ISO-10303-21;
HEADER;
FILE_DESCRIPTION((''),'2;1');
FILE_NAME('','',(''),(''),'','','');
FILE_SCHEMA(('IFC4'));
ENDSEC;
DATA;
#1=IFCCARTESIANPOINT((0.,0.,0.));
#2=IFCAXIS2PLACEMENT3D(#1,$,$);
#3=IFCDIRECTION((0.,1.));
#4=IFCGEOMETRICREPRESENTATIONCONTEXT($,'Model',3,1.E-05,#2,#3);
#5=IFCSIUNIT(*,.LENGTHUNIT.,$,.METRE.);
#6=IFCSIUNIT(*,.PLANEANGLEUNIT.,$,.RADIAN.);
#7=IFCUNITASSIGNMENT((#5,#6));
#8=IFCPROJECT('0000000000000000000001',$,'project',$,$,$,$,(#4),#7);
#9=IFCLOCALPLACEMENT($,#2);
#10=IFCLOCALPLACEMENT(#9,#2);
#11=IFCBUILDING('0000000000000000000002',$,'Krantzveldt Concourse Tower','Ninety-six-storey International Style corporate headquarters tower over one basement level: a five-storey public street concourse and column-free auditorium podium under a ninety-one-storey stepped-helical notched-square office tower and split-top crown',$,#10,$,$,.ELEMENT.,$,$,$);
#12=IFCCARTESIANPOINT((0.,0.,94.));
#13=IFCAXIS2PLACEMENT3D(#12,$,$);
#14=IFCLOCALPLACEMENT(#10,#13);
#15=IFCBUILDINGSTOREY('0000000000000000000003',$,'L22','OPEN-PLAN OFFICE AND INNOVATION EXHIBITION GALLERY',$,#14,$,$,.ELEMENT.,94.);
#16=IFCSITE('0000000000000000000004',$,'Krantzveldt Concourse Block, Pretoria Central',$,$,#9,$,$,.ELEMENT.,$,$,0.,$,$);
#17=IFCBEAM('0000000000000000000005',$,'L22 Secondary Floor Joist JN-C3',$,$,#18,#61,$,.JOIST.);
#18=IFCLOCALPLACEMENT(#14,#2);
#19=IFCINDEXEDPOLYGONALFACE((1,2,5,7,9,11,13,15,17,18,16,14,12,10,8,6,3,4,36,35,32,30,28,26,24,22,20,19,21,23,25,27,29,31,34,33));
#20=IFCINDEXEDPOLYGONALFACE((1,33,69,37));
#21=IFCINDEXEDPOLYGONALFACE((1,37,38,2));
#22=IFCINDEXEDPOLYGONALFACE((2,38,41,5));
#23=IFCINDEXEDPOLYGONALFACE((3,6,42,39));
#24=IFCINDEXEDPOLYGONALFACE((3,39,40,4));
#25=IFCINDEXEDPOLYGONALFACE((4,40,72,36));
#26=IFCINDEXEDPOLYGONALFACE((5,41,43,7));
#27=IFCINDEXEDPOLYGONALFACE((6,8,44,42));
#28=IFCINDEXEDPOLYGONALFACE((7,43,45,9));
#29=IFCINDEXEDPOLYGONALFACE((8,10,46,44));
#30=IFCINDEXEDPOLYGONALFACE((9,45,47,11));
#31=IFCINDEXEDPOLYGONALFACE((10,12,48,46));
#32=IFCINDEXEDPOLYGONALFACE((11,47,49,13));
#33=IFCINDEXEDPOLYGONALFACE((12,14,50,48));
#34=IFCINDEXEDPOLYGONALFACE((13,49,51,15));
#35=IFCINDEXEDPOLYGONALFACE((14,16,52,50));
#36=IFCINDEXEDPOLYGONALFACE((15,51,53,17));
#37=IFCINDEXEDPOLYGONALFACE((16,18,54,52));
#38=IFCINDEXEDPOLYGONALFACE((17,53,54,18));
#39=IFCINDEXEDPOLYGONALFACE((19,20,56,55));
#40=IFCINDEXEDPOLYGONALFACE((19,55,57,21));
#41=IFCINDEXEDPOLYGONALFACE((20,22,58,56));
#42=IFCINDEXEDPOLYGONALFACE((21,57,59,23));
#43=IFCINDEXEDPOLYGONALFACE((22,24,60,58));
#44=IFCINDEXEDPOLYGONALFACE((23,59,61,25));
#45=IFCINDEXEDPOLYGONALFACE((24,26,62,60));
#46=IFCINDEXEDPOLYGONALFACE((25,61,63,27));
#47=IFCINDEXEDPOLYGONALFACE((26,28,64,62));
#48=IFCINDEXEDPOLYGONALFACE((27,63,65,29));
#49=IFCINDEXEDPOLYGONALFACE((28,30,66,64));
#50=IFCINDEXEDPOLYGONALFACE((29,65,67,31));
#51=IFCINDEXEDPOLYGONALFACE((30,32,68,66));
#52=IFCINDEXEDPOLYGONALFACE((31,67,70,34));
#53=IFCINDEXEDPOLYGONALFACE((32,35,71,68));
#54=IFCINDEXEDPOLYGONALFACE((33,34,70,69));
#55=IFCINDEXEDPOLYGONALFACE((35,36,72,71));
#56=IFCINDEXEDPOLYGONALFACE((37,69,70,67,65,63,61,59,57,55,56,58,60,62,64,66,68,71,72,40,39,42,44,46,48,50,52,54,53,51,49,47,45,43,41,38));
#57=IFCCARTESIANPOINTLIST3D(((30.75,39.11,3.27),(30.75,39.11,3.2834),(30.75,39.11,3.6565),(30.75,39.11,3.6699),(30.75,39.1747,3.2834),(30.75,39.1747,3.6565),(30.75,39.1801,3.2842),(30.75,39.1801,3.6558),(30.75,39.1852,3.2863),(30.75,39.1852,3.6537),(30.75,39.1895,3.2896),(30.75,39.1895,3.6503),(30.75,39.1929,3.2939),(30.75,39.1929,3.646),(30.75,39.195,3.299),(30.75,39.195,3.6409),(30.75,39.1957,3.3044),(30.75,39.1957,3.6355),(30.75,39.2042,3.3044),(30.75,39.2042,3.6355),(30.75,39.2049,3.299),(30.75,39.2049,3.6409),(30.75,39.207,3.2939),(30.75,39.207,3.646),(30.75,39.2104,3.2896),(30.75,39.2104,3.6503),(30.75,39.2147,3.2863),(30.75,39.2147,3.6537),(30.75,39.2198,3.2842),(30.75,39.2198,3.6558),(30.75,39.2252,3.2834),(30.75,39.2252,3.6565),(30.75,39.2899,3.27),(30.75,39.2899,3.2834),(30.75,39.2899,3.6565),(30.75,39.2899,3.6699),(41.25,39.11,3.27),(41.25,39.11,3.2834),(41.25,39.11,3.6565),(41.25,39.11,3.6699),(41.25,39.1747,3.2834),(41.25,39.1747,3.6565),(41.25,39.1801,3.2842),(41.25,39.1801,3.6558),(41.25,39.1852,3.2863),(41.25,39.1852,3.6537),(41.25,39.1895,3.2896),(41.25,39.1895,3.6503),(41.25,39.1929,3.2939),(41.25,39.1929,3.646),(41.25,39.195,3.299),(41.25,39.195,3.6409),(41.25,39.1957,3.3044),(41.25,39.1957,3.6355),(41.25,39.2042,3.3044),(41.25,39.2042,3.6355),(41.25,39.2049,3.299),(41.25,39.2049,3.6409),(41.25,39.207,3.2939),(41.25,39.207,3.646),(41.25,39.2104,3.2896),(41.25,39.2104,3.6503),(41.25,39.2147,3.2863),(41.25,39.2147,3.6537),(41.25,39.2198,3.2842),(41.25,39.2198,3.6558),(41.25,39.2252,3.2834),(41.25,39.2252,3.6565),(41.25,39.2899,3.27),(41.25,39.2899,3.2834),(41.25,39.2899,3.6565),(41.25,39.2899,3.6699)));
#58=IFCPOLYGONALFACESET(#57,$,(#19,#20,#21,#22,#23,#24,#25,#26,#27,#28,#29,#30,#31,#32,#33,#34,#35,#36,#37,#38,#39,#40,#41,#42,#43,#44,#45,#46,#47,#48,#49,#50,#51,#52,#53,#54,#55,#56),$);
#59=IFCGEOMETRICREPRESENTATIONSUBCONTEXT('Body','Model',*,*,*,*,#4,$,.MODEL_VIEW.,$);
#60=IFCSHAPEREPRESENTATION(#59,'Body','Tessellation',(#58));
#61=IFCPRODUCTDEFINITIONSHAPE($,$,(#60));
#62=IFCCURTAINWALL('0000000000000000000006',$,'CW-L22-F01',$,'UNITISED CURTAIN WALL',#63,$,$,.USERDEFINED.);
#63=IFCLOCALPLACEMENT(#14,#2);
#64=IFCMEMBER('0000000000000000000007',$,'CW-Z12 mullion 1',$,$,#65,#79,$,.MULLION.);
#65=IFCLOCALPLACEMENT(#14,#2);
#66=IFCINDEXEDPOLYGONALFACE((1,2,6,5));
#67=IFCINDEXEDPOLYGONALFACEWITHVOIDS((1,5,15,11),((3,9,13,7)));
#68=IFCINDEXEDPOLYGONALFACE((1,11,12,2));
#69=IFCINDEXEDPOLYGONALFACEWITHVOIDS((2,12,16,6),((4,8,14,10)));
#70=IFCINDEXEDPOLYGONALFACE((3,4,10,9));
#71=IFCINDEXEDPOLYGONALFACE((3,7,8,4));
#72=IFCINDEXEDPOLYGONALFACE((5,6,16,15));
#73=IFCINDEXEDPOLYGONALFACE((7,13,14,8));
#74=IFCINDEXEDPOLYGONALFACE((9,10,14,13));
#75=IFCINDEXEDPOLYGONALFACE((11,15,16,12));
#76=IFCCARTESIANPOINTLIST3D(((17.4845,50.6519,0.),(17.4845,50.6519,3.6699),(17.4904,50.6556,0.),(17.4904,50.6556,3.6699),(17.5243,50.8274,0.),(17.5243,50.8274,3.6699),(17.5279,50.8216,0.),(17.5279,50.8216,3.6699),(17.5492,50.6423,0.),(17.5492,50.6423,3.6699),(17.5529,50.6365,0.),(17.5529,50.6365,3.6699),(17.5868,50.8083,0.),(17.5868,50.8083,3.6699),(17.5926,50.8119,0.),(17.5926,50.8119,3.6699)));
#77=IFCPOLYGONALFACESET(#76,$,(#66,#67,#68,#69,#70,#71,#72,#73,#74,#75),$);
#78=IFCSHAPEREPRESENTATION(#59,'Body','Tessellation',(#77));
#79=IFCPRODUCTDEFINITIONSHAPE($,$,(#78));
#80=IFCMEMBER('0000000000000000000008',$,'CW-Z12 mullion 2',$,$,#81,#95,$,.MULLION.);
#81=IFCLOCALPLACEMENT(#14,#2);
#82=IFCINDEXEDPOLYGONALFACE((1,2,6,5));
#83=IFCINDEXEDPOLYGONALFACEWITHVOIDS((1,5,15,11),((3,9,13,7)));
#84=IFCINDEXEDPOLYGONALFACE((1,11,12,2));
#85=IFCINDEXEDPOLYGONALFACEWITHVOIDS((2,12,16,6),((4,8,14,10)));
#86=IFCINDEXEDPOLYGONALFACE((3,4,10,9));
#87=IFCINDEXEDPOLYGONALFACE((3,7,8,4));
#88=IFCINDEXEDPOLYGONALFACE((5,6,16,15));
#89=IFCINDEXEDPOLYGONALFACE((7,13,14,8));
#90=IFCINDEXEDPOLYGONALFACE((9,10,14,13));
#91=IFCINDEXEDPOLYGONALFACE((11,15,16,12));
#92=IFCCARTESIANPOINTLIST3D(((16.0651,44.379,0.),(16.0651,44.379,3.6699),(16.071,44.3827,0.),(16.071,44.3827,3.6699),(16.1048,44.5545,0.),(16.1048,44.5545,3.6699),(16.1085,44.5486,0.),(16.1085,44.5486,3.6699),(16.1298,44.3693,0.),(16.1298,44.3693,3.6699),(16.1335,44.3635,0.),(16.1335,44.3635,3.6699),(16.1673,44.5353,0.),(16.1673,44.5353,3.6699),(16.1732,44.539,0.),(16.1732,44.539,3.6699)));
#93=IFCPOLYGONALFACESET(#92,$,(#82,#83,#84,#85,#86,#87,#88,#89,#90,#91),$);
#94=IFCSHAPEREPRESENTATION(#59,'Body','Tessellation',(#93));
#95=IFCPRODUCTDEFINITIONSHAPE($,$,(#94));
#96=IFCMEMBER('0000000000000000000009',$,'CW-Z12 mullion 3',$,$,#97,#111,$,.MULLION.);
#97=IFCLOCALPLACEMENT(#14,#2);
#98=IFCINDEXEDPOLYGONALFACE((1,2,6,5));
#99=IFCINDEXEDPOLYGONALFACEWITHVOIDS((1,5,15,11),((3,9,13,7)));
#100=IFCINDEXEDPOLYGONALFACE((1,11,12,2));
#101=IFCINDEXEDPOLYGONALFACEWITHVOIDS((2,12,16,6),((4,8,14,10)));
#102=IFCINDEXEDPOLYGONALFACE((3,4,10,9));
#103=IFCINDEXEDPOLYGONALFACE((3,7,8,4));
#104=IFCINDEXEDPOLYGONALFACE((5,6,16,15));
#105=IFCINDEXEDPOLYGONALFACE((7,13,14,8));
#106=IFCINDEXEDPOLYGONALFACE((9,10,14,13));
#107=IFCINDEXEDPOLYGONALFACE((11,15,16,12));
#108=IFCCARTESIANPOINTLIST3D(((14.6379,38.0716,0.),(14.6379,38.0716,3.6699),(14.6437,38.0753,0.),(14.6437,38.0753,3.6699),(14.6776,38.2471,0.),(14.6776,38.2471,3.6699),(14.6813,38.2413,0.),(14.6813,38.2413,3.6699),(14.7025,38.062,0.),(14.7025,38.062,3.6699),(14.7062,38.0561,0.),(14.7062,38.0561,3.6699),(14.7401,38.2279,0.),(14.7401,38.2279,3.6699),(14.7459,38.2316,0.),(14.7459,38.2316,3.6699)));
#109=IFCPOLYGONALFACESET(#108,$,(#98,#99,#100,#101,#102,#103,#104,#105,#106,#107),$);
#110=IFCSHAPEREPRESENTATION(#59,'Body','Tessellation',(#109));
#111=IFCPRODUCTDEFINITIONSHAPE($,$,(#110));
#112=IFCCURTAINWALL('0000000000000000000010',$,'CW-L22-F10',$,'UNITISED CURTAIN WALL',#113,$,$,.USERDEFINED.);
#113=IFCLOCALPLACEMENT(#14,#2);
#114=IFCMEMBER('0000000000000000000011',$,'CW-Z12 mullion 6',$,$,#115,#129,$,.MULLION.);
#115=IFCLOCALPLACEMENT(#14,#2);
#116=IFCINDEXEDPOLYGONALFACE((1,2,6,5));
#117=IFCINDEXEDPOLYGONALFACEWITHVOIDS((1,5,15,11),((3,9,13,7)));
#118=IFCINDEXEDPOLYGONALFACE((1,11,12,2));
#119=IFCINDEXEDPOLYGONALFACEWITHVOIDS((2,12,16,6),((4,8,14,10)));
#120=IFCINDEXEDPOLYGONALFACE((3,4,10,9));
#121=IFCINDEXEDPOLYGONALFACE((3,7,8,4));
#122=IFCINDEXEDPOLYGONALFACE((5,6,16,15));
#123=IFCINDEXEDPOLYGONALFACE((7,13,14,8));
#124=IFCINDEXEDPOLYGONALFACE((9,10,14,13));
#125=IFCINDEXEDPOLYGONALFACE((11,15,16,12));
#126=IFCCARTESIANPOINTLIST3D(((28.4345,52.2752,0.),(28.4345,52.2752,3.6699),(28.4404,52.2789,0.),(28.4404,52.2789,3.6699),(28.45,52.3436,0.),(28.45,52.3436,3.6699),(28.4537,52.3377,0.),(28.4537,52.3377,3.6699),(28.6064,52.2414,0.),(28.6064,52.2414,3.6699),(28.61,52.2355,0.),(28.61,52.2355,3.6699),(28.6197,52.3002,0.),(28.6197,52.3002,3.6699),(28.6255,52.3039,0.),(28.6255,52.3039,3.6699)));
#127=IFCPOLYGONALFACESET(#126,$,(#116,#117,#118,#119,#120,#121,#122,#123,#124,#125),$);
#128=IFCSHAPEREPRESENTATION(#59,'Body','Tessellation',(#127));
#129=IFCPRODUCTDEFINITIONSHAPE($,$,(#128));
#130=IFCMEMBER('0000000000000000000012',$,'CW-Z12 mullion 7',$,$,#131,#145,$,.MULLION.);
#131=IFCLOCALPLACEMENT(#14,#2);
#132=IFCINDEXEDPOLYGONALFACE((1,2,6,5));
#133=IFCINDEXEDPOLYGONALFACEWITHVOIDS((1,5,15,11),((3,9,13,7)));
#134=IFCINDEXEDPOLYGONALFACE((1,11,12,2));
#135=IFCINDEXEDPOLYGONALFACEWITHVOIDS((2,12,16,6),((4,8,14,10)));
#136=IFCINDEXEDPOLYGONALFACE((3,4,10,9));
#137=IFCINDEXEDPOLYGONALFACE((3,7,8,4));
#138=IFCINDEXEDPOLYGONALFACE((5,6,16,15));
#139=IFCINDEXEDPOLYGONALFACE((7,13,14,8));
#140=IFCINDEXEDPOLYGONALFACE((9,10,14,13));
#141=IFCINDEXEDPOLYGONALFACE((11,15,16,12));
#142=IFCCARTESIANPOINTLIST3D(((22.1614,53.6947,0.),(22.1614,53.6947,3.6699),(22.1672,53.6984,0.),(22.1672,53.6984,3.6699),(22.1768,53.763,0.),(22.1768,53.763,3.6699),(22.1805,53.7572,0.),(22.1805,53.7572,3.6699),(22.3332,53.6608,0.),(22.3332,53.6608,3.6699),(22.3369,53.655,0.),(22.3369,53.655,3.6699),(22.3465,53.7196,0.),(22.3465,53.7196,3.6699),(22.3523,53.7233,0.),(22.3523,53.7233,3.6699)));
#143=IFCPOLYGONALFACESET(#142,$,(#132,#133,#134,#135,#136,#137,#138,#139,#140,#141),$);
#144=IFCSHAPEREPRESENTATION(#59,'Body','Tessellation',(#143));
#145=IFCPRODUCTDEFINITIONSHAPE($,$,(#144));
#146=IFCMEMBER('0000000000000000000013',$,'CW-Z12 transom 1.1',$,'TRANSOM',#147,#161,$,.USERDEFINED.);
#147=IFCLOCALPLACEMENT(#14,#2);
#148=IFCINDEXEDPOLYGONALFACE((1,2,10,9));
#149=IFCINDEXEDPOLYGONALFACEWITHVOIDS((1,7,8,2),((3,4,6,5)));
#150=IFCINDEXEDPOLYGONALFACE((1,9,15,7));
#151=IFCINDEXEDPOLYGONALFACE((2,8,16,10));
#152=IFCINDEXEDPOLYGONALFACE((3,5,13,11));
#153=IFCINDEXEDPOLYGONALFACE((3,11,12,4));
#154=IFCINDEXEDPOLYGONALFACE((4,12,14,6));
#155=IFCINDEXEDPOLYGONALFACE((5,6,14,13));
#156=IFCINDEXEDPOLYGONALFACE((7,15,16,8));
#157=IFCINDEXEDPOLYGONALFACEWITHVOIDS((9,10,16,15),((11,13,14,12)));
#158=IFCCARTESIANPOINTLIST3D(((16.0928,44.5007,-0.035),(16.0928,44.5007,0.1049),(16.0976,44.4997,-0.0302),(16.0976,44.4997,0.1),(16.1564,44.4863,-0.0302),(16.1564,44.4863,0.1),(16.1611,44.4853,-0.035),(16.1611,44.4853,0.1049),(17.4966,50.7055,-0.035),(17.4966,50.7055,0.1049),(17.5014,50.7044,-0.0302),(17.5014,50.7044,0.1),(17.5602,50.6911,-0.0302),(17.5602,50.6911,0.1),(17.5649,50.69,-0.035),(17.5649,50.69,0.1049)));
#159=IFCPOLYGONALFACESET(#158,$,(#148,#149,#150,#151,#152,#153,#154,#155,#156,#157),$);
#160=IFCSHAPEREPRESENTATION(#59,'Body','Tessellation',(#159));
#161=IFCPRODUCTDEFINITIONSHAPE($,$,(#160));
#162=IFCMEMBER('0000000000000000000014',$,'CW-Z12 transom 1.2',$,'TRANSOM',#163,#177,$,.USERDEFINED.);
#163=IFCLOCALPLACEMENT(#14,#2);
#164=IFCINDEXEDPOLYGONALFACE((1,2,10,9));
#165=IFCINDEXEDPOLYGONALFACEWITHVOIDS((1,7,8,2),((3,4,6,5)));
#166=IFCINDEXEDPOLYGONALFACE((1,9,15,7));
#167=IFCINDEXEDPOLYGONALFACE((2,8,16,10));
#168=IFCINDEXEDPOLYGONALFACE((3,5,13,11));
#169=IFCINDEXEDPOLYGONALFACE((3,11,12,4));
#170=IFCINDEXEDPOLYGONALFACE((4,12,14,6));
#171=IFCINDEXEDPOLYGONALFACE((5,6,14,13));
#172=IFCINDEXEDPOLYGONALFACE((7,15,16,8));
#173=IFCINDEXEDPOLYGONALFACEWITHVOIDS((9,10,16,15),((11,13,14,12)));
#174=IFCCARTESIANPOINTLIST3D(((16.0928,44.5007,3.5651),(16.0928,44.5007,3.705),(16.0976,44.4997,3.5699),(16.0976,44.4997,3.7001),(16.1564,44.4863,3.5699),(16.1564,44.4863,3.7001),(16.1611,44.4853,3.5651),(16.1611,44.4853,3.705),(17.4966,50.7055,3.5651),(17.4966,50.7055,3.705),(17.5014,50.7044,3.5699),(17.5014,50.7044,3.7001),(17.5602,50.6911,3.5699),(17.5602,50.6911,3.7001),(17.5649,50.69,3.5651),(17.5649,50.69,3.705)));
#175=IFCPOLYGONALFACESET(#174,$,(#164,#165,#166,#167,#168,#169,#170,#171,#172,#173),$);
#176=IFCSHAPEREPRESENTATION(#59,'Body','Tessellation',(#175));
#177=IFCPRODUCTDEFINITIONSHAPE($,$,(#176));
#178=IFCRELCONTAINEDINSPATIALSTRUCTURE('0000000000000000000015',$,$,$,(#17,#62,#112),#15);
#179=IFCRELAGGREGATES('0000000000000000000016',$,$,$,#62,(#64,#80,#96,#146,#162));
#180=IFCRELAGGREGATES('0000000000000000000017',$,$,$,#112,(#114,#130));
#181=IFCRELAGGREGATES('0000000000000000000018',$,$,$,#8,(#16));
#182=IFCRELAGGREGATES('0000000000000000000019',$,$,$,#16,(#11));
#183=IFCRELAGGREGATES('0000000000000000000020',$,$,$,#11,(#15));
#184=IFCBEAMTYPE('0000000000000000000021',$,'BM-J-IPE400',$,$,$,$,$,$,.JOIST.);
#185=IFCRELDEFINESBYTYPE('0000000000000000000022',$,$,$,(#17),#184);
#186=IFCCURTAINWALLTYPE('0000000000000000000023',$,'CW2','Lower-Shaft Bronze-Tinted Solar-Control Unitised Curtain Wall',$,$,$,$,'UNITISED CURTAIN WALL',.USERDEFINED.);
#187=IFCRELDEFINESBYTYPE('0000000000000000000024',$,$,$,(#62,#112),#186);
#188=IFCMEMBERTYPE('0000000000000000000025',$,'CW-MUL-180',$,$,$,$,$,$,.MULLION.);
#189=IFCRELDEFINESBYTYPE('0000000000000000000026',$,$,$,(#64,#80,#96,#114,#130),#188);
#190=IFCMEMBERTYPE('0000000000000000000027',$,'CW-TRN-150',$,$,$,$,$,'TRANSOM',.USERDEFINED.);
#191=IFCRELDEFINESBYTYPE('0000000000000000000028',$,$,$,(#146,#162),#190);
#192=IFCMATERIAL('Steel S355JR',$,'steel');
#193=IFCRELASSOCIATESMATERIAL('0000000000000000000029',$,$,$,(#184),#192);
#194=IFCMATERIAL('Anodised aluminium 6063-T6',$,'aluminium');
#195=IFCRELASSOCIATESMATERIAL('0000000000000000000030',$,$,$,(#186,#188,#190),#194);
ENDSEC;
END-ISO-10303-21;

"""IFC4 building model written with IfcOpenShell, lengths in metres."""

from ifc_helpers import new_model, si_unit, direction, frame, origin, origin_2d, place, context, subcontext, project, spatial, hollow_rectangle, i_section, extrude, source, transform, mapped, material, material_profile, profile_set, type_object, type_shapes, element, aggregate, save


model = new_model("IFC4")

# Units and contexts
model_context = context("Model", 3, precision=1e-05, world=origin(), true_north=direction((0.0, 1.0)))
body_context = subcontext(model_context, "Body", "Model", "MODEL_VIEW")
ifc_project = project(units=[si_unit("LENGTHUNIT", "METRE"), si_unit("PLANEANGLEUNIT", "RADIAN")], contexts=[model_context])

# Site, building, storey
site_placement = place(None, origin())
site = spatial("IfcSite", under=ifc_project, at=site_placement, Name="Krantzveldt Concourse Block, Pretoria Central", CompositionType="ELEMENT", RefElevation=0.0)
building_placement = place(site_placement, origin())
building = spatial("IfcBuilding", under=site, at=building_placement, Name="Krantzveldt Concourse Tower", Description="Ninety-six-storey International Style corporate headquarters tower over one basement level: a five-storey public street concourse and column-free auditorium podium under a ninety-one-storey stepped-helical notched-square office tower and split-top crown", CompositionType="ELEMENT")
storey_placement = place(building_placement, frame((0.0, 0.0, 94.0)))
storey = spatial("IfcBuildingStorey", under=building, at=storey_placement, Name="L22", Description="OPEN-PLAN OFFICE AND INNOVATION EXHIBITION GALLERY", CompositionType="ELEMENT", Elevation=94.0)

# Beam
ifc_material_1 = material(Name="Steel S355JR", Category="steel")
ifc_material_profile_1 = material_profile(ifc_material_1, i_section(OverallWidth=0.1799, OverallDepth=0.3999, WebThickness=0.0085, FlangeThickness=0.0134, FilletRadius=0.021, at=origin_2d()), Name="Steel S355JR", Category="steel")
ifc_profile_set_1 = profile_set([ifc_material_profile_1], Name="Steel S355JR - IPE 400")
beam_type_1 = type_object("IfcBeamType", Name="BM-J-IPE400", PredefinedType="JOIST", material=ifc_profile_set_1)
shared_shape_1 = source(origin(), body_context, "Body", "SweptSolid", [
    extrude(i_section(OverallWidth=0.1799, OverallDepth=0.3999, WebThickness=0.0085, FlangeThickness=0.0134, FilletRadius=0.021, at=origin_2d()), origin(), (0.0, 0.0, 1.0), 10.5),
])
type_shapes(beam_type_1, [shared_shape_1])
beam_1_placement = place(storey_placement, frame((30.75, 39.2, 3.47), z_axis=(1.0, 0.0, 0.0), x_axis=(0.0, 1.0, 0.0)))
element("IfcBeam", 1, at=beam_1_placement, inside=storey, type_object=beam_type_1, Name="L22 Secondary Floor Joist JN-C3", PredefinedType="JOIST", context=body_context, shape_type="MappedRepresentation", body=[
    mapped(shared_shape_1, transform((0.0, 0.0, 0.0), x_axis=(1.0, 0.0, 0.0), y_axis=(0.0, 1.0, 0.0), z_axis=(0.0, 0.0, 1.0), scale=1.0)),
])

# Curtain walls, members
ifc_material_2 = material(Name="Anodised aluminium 6063-T6", Category="aluminium")
curtain_wall_type = type_object("IfcCurtainWallType", Name="CW2", Description="Lower-Shaft Bronze-Tinted Solar-Control Unitised Curtain Wall", ElementType="UNITISED CURTAIN WALL", PredefinedType="USERDEFINED", material=ifc_material_2)
curtain_wall_1_placement = place(storey_placement, origin())
curtain_wall_1 = element("IfcCurtainWall", 2, at=curtain_wall_1_placement, inside=storey, type_object=curtain_wall_type, Name="CW-L22-F01", ObjectType="UNITISED CURTAIN WALL", PredefinedType="USERDEFINED")
ifc_material_profile_2 = material_profile(ifc_material_2, hollow_rectangle(XDim=0.0701, YDim=0.1799, WallThickness=0.0049, at=origin_2d()), Name="Anodised aluminium 6063-T6", Category="aluminium")
ifc_profile_set_2 = profile_set([ifc_material_profile_2], Name="Anodised aluminium 6063-T6 - ALU-MULL 180x70x5")
member_type_1 = type_object("IfcMemberType", Name="CW-MUL-180", PredefinedType="MULLION", material=ifc_profile_set_2)
shared_shape_2 = source(origin(), body_context, "Body", "SweptSolid", [
    extrude(hollow_rectangle(XDim=0.0701, YDim=0.1799, WallThickness=0.0049, at=origin_2d()), origin(), (0.0, 0.0, 1.0), 3.6699),
])
type_shapes(member_type_1, [shared_shape_2])
member_1_placement = place(storey_placement, frame((17.5386, 50.7319, 0.0), z_axis=(0.0, 0.0, 1.0), x_axis=(0.975342, -0.220697, 0.0)))
member_1 = element("IfcMember", 3, at=member_1_placement, type_object=member_type_1, Name="CW-Z12 mullion 1", PredefinedType="MULLION", context=body_context, shape_type="MappedRepresentation", body=[
    mapped(shared_shape_2, transform((0.0, 0.0, 0.0), x_axis=(1.0, 0.0, 0.0), y_axis=(0.0, 1.0, 0.0), z_axis=(0.0, 0.0, 1.0), scale=1.0)),
])
member_2_placement = place(storey_placement, frame((16.1191, 44.459, 0.0), z_axis=(0.0, 0.0, 1.0), x_axis=(0.975342, -0.220697, 0.0)))
member_2 = element("IfcMember", 4, at=member_2_placement, type_object=member_type_1, Name="CW-Z12 mullion 2", PredefinedType="MULLION", context=body_context, shape_type="MappedRepresentation", body=[
    mapped(shared_shape_2, transform((0.0, 0.0, 0.0), x_axis=(1.0, 0.0, 0.0), y_axis=(0.0, 1.0, 0.0), z_axis=(0.0, 0.0, 1.0), scale=1.0)),
])
member_3_placement = place(storey_placement, frame((14.6919, 38.1516, 0.0), z_axis=(0.0, 0.0, 1.0), x_axis=(0.975342, -0.220697, 0.0)))
member_3 = element("IfcMember", 5, at=member_3_placement, type_object=member_type_1, Name="CW-Z12 mullion 3", PredefinedType="MULLION", context=body_context, shape_type="MappedRepresentation", body=[
    mapped(shared_shape_2, transform((0.0, 0.0, 0.0), x_axis=(1.0, 0.0, 0.0), y_axis=(0.0, 1.0, 0.0), z_axis=(0.0, 0.0, 1.0), scale=1.0)),
])
curtain_wall_2_placement = place(storey_placement, origin())
curtain_wall_2 = element("IfcCurtainWall", 6, at=curtain_wall_2_placement, inside=storey, type_object=curtain_wall_type, Name="CW-L22-F10", ObjectType="UNITISED CURTAIN WALL", PredefinedType="USERDEFINED")
member_4_placement = place(storey_placement, frame((28.53, 52.2896, 0.0), z_axis=(0.0, 0.0, 1.0), x_axis=(-0.220697, -0.975342, 0.0)))
member_4 = element("IfcMember", 7, at=member_4_placement, type_object=member_type_1, Name="CW-Z12 mullion 6", PredefinedType="MULLION", context=body_context, shape_type="MappedRepresentation", body=[
    mapped(shared_shape_2, transform((0.0, 0.0, 0.0), x_axis=(1.0, 0.0, 0.0), y_axis=(0.0, 1.0, 0.0), z_axis=(0.0, 0.0, 1.0), scale=1.0)),
])
member_5_placement = place(storey_placement, frame((22.2568, 53.709, 0.0), z_axis=(0.0, 0.0, 1.0), x_axis=(-0.220697, -0.975342, 0.0)))
member_5 = element("IfcMember", 8, at=member_5_placement, type_object=member_type_1, Name="CW-Z12 mullion 7", PredefinedType="MULLION", context=body_context, shape_type="MappedRepresentation", body=[
    mapped(shared_shape_2, transform((0.0, 0.0, 0.0), x_axis=(1.0, 0.0, 0.0), y_axis=(0.0, 1.0, 0.0), z_axis=(0.0, 0.0, 1.0), scale=1.0)),
])

# Members
ifc_material_profile_3 = material_profile(ifc_material_2, hollow_rectangle(XDim=0.0701, YDim=0.1399, WallThickness=0.0049, at=origin_2d()), Name="Anodised aluminium 6063-T6", Category="aluminium")
ifc_profile_set_3 = profile_set([ifc_material_profile_3], Name="Anodised aluminium 6063-T6 - ALU-TRAN 140x70x5")
member_type_2 = type_object("IfcMemberType", Name="CW-TRN-150", ElementType="TRANSOM", PredefinedType="USERDEFINED", material=ifc_profile_set_3)
shared_shape_3 = source(origin(), body_context, "Body", "SweptSolid", [
    extrude(hollow_rectangle(XDim=0.0701, YDim=0.1399, WallThickness=0.0049, at=origin_2d()), origin(), (0.0, 0.0, 1.0), 6.3616),
])
member_6_placement = place(storey_placement, frame((17.5308, 50.6978, 0.0349), z_axis=(-0.220667, -0.975349, 0.0), x_axis=(0.975349, -0.220667, 0.0)))
member_6 = element("IfcMember", 9, at=member_6_placement, type_object=member_type_2, Name="CW-Z12 transom 1.1", ObjectType="TRANSOM", PredefinedType="USERDEFINED", context=body_context, shape_type="MappedRepresentation", body=[
    mapped(shared_shape_3, transform((0.0, 0.0, 0.0), x_axis=(1.0, 0.0, 0.0), y_axis=(0.0, 1.0, 0.0), z_axis=(0.0, 0.0, 1.0), scale=1.0)),
])
member_7_placement = place(storey_placement, frame((17.5308, 50.6978, 3.635), z_axis=(-0.220667, -0.975349, 0.0), x_axis=(0.975349, -0.220667, 0.0)))
member_7 = element("IfcMember", 10, at=member_7_placement, type_object=member_type_2, Name="CW-Z12 transom 1.2", ObjectType="TRANSOM", PredefinedType="USERDEFINED", context=body_context, shape_type="MappedRepresentation", body=[
    mapped(shared_shape_3, transform((0.0, 0.0, 0.0), x_axis=(1.0, 0.0, 0.0), y_axis=(0.0, 1.0, 0.0), z_axis=(0.0, 0.0, 1.0), scale=1.0)),
])

aggregate(curtain_wall_1, [member_1, member_2, member_3, member_6, member_7])
aggregate(curtain_wall_2, [member_4, member_5])

save(model, "model.ifc")
